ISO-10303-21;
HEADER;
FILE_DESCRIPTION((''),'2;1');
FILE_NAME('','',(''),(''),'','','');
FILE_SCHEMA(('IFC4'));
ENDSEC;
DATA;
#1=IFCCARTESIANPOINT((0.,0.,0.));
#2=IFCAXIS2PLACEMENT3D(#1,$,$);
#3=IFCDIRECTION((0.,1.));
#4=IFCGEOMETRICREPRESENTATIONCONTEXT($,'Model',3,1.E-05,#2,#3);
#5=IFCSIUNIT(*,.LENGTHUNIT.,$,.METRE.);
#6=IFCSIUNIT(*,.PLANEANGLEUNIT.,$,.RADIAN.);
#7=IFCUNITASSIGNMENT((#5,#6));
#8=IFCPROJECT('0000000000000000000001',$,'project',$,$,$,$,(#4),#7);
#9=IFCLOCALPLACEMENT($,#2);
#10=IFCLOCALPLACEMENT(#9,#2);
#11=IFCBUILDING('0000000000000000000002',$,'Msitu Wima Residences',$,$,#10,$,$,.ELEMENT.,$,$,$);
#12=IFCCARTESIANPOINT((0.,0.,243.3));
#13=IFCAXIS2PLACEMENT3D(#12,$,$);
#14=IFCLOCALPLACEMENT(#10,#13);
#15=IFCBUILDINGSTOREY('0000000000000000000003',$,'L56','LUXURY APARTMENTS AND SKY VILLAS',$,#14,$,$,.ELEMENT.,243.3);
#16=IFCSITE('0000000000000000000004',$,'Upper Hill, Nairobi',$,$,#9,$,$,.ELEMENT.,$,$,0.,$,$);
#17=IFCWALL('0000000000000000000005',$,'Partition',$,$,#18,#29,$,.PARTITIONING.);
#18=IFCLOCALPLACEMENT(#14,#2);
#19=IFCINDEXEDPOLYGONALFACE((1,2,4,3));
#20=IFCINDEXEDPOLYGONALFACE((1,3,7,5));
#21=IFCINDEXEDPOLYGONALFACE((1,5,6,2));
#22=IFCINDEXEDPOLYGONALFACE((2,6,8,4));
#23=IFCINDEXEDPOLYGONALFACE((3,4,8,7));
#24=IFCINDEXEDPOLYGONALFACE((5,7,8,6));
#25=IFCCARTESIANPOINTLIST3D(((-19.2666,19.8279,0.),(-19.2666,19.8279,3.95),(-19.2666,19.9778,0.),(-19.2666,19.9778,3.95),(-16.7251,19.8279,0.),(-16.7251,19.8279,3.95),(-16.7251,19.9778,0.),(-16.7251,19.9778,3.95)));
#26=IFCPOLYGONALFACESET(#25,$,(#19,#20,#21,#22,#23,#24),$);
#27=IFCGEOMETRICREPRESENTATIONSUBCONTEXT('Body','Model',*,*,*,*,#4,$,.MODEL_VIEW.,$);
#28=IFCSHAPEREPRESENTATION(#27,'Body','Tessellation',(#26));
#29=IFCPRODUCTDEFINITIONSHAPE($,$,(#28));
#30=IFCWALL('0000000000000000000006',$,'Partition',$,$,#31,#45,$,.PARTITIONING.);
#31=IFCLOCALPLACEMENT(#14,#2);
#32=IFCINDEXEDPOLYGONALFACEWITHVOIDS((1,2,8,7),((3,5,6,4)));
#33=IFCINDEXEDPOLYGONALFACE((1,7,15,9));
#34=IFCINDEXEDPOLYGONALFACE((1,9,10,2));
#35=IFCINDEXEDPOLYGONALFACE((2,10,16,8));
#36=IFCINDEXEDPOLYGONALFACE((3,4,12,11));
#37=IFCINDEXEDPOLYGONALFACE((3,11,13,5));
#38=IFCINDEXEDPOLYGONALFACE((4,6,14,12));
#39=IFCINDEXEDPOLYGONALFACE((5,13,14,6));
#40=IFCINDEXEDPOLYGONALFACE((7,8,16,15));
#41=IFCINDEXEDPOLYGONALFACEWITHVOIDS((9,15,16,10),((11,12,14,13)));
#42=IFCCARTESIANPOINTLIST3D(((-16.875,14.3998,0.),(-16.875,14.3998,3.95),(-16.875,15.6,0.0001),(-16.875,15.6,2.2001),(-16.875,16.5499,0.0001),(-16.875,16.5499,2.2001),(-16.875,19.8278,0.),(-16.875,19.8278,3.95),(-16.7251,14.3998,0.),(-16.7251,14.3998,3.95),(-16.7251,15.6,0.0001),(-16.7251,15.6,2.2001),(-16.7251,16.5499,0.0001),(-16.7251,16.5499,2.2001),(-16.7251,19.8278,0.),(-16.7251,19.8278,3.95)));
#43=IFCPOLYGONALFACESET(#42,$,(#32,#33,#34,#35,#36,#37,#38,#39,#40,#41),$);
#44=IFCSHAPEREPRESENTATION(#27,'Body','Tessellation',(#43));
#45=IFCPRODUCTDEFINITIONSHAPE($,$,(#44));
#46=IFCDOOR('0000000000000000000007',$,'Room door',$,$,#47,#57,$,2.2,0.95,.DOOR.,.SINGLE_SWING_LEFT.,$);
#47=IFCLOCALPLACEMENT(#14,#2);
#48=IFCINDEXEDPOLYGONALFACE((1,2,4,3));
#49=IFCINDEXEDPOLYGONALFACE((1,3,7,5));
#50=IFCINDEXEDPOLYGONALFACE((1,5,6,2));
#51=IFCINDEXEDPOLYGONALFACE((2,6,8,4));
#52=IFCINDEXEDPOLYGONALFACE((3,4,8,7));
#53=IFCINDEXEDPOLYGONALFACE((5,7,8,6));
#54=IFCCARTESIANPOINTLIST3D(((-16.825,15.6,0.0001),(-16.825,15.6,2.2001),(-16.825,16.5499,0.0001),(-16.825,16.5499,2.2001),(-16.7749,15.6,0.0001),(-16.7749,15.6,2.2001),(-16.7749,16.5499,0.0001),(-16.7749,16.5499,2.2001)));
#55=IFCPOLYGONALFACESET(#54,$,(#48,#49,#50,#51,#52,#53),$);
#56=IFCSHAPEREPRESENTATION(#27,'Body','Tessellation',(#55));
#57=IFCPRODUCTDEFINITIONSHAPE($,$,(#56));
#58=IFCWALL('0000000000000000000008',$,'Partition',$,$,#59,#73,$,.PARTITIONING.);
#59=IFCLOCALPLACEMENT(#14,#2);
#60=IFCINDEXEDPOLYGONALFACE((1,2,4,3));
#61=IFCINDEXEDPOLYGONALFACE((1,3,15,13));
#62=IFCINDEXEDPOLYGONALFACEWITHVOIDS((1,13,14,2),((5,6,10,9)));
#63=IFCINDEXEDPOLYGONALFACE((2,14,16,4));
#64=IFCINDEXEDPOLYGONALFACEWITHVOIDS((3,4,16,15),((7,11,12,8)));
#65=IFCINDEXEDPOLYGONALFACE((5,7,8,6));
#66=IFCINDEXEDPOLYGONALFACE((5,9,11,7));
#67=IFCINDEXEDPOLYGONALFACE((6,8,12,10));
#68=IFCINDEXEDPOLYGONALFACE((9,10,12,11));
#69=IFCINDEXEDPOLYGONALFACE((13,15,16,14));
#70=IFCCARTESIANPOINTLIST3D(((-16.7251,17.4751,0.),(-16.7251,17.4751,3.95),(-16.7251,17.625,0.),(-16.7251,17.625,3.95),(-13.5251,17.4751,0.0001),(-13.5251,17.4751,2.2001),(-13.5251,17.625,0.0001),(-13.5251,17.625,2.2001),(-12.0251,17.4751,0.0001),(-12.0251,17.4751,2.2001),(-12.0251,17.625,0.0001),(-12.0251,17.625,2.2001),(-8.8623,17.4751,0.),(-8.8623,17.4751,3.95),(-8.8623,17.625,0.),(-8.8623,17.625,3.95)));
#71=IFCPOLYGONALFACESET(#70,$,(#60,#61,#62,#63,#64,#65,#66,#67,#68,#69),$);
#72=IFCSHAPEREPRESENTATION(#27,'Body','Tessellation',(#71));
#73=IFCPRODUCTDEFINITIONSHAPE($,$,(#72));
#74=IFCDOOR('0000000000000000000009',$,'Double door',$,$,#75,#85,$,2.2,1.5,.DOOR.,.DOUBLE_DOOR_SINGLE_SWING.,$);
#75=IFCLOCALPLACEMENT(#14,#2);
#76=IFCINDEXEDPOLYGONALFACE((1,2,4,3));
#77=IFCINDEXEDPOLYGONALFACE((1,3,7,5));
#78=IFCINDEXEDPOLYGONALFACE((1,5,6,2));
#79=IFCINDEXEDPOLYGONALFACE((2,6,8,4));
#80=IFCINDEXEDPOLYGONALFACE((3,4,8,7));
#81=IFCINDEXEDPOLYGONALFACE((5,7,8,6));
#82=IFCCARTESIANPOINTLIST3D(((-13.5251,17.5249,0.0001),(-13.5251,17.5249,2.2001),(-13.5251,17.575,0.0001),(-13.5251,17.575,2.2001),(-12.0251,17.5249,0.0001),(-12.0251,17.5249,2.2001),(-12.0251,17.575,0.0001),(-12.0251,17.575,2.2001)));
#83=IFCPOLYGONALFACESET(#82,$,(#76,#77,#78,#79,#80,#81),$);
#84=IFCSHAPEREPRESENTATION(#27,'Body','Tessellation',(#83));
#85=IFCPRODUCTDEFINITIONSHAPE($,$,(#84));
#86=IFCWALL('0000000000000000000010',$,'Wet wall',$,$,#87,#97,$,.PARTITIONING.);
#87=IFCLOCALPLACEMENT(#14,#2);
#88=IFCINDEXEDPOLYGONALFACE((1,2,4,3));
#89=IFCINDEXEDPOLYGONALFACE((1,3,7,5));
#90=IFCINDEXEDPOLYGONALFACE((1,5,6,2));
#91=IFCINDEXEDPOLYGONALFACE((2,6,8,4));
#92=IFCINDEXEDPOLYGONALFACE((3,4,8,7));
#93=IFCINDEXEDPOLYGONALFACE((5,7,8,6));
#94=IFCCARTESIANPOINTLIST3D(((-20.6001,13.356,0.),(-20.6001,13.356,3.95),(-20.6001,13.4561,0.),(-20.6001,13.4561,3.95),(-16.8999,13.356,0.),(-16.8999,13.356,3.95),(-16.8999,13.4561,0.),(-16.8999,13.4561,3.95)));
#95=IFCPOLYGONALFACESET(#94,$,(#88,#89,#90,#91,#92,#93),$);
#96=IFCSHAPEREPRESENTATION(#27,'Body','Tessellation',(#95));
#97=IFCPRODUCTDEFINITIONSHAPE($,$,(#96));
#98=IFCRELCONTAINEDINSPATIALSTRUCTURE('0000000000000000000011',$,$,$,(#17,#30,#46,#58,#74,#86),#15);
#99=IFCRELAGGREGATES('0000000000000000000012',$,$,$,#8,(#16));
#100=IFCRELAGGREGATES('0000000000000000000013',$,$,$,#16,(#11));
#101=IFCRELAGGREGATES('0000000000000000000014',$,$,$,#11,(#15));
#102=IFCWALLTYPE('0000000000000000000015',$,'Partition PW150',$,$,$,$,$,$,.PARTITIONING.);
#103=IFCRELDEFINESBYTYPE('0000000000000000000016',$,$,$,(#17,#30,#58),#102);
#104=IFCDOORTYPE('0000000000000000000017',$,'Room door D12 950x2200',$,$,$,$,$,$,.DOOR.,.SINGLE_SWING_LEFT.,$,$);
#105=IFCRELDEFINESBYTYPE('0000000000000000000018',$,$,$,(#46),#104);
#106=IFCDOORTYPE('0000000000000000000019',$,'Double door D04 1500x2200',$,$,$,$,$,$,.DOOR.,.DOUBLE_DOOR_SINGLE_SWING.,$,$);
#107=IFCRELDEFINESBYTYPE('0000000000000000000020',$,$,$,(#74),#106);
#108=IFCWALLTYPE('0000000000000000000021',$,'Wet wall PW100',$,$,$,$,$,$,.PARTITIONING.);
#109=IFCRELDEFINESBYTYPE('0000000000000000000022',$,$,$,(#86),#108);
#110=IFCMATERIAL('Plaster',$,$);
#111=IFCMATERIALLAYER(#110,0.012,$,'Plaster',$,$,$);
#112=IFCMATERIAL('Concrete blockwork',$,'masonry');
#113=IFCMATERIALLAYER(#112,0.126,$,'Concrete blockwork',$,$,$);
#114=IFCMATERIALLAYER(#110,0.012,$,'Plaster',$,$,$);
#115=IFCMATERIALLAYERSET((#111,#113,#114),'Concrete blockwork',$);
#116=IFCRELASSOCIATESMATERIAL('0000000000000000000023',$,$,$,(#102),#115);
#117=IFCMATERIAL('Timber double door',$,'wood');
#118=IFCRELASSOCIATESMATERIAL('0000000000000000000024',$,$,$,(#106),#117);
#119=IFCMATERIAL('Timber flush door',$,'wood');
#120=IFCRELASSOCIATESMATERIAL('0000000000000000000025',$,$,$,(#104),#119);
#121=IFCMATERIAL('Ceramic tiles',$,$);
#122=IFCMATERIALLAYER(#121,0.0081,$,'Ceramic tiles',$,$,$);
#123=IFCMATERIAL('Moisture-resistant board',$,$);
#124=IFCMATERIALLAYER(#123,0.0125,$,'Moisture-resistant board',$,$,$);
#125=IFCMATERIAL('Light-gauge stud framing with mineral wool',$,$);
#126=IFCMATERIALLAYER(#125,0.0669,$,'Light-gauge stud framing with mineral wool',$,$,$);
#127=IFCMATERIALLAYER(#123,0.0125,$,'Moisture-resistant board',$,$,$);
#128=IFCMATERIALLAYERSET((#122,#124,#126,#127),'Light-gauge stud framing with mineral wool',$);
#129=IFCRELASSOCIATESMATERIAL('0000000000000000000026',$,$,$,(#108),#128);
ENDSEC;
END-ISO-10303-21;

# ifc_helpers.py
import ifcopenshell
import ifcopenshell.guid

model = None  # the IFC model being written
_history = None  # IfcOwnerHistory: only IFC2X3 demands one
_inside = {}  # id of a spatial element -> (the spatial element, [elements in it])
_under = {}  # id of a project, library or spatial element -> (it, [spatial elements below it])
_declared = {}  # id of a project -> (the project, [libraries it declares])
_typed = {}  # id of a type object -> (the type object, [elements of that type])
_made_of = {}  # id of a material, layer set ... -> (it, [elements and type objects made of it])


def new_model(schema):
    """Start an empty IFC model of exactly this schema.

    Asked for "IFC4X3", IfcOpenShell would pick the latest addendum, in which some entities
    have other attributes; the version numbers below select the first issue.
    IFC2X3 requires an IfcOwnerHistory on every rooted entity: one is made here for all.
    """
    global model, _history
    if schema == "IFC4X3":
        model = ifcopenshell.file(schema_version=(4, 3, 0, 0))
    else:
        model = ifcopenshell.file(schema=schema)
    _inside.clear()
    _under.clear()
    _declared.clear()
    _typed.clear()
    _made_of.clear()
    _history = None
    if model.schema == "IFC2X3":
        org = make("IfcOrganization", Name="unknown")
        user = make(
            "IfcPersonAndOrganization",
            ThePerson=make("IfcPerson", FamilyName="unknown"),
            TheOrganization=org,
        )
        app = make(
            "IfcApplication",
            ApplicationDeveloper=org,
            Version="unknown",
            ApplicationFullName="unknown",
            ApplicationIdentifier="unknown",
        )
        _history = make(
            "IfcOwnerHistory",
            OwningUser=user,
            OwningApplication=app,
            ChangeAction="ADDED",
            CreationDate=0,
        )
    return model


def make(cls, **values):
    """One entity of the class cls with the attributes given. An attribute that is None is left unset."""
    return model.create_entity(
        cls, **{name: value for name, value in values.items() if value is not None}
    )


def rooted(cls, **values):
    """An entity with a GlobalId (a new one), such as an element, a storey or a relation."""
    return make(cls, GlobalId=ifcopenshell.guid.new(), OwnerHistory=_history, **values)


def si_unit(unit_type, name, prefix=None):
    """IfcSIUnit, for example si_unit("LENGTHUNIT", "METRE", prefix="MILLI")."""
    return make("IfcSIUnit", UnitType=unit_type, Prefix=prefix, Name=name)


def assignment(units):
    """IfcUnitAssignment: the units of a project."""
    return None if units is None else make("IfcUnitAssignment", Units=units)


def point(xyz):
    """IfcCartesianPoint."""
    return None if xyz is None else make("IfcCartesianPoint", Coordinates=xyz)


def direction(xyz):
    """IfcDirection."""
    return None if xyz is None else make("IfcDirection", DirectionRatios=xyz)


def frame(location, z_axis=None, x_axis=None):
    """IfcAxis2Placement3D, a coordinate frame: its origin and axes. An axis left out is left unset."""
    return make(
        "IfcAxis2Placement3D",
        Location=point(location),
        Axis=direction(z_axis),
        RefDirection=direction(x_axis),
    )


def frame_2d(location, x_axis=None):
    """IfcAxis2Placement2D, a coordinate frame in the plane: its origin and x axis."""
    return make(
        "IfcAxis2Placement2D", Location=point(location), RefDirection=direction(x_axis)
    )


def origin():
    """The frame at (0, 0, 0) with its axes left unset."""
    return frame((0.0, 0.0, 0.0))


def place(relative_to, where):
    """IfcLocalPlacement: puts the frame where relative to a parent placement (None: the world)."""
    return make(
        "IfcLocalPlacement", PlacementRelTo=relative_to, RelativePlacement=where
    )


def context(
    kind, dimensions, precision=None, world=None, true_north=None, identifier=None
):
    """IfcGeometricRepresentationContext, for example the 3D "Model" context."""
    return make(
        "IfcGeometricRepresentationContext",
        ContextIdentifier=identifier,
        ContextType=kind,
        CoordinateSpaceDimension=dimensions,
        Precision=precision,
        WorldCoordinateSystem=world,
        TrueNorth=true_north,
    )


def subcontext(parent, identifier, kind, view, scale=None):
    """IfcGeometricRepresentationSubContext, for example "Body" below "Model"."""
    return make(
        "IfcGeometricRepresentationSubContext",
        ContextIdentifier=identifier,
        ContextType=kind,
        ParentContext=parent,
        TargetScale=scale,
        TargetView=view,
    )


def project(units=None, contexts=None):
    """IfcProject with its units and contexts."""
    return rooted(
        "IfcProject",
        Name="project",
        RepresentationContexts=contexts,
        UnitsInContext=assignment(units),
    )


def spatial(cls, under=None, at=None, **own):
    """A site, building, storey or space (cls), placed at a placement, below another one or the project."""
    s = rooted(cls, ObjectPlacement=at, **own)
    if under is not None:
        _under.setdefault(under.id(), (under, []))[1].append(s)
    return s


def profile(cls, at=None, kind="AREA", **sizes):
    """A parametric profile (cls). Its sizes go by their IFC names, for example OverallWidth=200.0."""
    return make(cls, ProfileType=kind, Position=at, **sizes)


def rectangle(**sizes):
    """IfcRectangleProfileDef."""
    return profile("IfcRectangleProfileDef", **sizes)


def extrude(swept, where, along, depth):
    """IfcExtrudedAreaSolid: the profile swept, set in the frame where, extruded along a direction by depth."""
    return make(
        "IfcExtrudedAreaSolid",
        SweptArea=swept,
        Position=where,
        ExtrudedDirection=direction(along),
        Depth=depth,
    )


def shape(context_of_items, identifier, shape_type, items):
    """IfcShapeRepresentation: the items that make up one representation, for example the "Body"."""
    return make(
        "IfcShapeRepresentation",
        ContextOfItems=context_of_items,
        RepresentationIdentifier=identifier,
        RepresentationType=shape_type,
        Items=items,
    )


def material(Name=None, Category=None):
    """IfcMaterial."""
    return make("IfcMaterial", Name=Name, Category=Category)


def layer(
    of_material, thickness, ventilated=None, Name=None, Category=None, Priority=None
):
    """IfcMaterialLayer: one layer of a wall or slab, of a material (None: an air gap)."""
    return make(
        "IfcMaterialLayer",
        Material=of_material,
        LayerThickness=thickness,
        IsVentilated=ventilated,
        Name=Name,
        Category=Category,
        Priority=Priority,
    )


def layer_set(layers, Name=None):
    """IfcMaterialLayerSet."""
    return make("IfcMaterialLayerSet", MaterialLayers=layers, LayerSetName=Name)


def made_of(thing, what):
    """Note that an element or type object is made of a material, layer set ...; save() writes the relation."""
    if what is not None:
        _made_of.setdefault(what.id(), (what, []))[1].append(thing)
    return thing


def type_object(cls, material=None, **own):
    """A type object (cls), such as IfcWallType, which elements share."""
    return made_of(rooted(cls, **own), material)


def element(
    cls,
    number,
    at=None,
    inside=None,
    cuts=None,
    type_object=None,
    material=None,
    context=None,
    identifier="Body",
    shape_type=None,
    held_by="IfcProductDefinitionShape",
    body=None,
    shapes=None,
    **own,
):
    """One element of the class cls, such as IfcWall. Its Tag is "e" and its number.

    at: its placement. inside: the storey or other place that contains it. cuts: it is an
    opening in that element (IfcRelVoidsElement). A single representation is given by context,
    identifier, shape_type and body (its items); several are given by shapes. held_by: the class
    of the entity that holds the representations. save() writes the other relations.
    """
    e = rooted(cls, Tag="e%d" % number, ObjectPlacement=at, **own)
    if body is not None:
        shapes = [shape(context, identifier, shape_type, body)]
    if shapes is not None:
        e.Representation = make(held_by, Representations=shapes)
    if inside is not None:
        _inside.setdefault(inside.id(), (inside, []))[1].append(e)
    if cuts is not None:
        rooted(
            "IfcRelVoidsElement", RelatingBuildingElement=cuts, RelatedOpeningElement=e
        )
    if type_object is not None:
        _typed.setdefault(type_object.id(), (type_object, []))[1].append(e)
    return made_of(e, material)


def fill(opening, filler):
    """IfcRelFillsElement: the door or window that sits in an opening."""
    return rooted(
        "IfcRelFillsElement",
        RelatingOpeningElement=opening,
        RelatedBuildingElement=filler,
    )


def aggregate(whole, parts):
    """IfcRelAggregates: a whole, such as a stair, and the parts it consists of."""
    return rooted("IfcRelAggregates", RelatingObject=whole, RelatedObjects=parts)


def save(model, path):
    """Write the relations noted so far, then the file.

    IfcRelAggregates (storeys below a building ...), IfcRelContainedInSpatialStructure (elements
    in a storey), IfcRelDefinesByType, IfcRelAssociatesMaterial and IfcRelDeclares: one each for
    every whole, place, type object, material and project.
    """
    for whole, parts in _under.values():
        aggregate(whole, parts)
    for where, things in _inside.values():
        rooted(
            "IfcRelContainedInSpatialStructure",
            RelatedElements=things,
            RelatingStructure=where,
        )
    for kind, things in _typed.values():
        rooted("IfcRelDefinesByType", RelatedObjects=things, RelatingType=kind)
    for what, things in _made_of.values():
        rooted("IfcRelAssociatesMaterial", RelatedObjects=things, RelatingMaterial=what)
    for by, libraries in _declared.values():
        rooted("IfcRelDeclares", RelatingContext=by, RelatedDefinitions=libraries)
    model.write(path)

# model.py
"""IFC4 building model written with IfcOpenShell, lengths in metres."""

from ifc_helpers import new_model, si_unit, direction, frame, frame_2d, origin, place, context, subcontext, project, spatial, rectangle, extrude, material, layer, layer_set, type_object, element, fill, save


model = new_model("IFC4")

# Units and contexts
model_context = context("Model", 3, precision=1e-05, world=origin(), true_north=direction((0.0, 1.0)))
body_context = subcontext(model_context, "Body", "Model", "MODEL_VIEW")
ifc_project = project(units=[si_unit("LENGTHUNIT", "METRE"), si_unit("PLANEANGLEUNIT", "RADIAN")], contexts=[model_context])

# Site, building, storey
site_placement = place(None, origin())
site = spatial("IfcSite", under=ifc_project, at=site_placement, Name="Upper Hill, Nairobi", CompositionType="ELEMENT", RefElevation=0.0)
building_placement = place(site_placement, origin())
building = spatial("IfcBuilding", under=site, at=building_placement, Name="Msitu Wima Residences", CompositionType="ELEMENT")
storey_placement = place(building_placement, frame((0.0, 0.0, 243.3)))
storey = spatial("IfcBuildingStorey", under=building, at=storey_placement, Name="L56", Description="LUXURY APARTMENTS AND SKY VILLAS", CompositionType="ELEMENT", Elevation=243.3)

# Shared definitions
ifc_material_1 = material(Name="Plaster")
ifc_material_2 = material(Name="Concrete blockwork", Category="masonry")
ifc_layer_1 = layer(ifc_material_1, 0.012, Name="Plaster")
ifc_layer_2 = layer(ifc_material_2, 0.126, Name="Concrete blockwork")
ifc_layer_3 = layer(ifc_material_1, 0.012, Name="Plaster")
ifc_layer_set_1 = layer_set([ifc_layer_1, ifc_layer_2, ifc_layer_3], Name="Concrete blockwork")
wall_type_1 = type_object("IfcWallType", Name="Partition PW150", PredefinedType="PARTITIONING", material=ifc_layer_set_1)

# Shared definitions
ifc_material_3 = material(Name="Timber double door", Category="wood")
door_type_1 = type_object("IfcDoorType", Name="Double door D04 1500x2200", OperationType="DOUBLE_DOOR_SINGLE_SWING", PredefinedType="DOOR", material=ifc_material_3)

# Wall
wall_1_placement = place(storey_placement, frame((-19.2666, 19.9028, 0.0), z_axis=(0.0, 0.0, 1.0), x_axis=(1.0, 0.0, 0.0)))
element("IfcWall", 1, at=wall_1_placement, inside=storey, type_object=wall_type_1, Name="Partition", PredefinedType="PARTITIONING", context=body_context, shape_type="SweptSolid", body=[
    extrude(rectangle(XDim=2.5415, YDim=0.1499, at=frame_2d((1.2708, 0.0))), origin(), (0.0, 0.0, 1.0), 3.95),
])

# Walls, openings, doors
wall_2_placement = place(storey_placement, frame((-16.8, 14.3999, 0.0), z_axis=(0.0, 0.0, 1.0), x_axis=(0.0, 1.0, 0.0)))
wall_2 = element("IfcWall", 2, at=wall_2_placement, inside=storey, type_object=wall_type_1, Name="Partition", PredefinedType="PARTITIONING", context=body_context, shape_type="SweptSolid", body=[
    extrude(rectangle(XDim=5.428, YDim=0.1499, at=frame_2d((2.7139, 0.0))), origin(), (0.0, 0.0, 1.0), 3.95),
])
opening_1_placement = place(wall_2_placement, frame((1.2, 0.0, 0.0)))
opening_1 = element("IfcOpeningElement", 3, at=opening_1_placement, cuts=wall_2, PredefinedType="OPENING", context=body_context, shape_type="SweptSolid", body=[
    extrude(rectangle(XDim=0.95, YDim=2.2, at=frame_2d((0.4751, 1.1001))), frame((0.0, 0.085, 0.0), z_axis=(0.0, -1.0, 0.0), x_axis=(1.0, 0.0, 0.0)), (0.0, 0.0, 1.0), 0.1699),
])
ifc_material_4 = material(Name="Timber flush door", Category="wood")
door_type_2 = type_object("IfcDoorType", Name="Room door D12 950x2200", OperationType="SINGLE_SWING_LEFT", PredefinedType="DOOR", material=ifc_material_4)
door_1_placement = place(opening_1_placement, origin())
door_1 = element("IfcDoor", 4, at=door_1_placement, inside=storey, type_object=door_type_2, Name="Room door", OperationType="SINGLE_SWING_LEFT", OverallHeight=2.2, OverallWidth=0.95, PredefinedType="DOOR", context=body_context, shape_type="SweptSolid", body=[
    extrude(rectangle(XDim=0.95, YDim=2.2, at=frame_2d((0.4751, 1.1001))), frame((0.0, 0.0249, 0.0), z_axis=(0.0, -1.0, 0.0), x_axis=(1.0, 0.0, 0.0)), (0.0, 0.0, 1.0), 0.05),
])
fill(opening_1, door_1)
wall_3_placement = place(storey_placement, frame((-16.7251, 17.55, 0.0), z_axis=(0.0, 0.0, 1.0), x_axis=(1.0, 0.0, 0.0)))
wall_3 = element("IfcWall", 5, at=wall_3_placement, inside=storey, type_object=wall_type_1, Name="Partition", PredefinedType="PARTITIONING", context=body_context, shape_type="SweptSolid", body=[
    extrude(rectangle(XDim=7.8628, YDim=0.1499, at=frame_2d((3.9314, 0.0))), origin(), (0.0, 0.0, 1.0), 3.95),
])
opening_2_placement = place(wall_3_placement, frame((3.2, 0.0, 0.0)))
opening_2 = element("IfcOpeningElement", 6, at=opening_2_placement, cuts=wall_3, PredefinedType="OPENING", context=body_context, shape_type="SweptSolid", body=[
    extrude(rectangle(XDim=1.5, YDim=2.2, at=frame_2d((0.75, 1.1001))), frame((0.0, 0.085, 0.0), z_axis=(0.0, -1.0, 0.0), x_axis=(1.0, 0.0, 0.0)), (0.0, 0.0, 1.0), 0.1699),
])
door_2_placement = place(opening_2_placement, origin())
door_2 = element("IfcDoor", 7, at=door_2_placement, inside=storey, type_object=door_type_1, Name="Double door", OperationType="DOUBLE_DOOR_SINGLE_SWING", OverallHeight=2.2, OverallWidth=1.5, PredefinedType="DOOR", context=body_context, shape_type="SweptSolid", body=[
    extrude(rectangle(XDim=1.5, YDim=2.2, at=frame_2d((0.75, 1.1001))), frame((0.0, 0.0249, 0.0), z_axis=(0.0, -1.0, 0.0), x_axis=(1.0, 0.0, 0.0)), (0.0, 0.0, 1.0), 0.05),
])
fill(opening_2, door_2)

# Wall
ifc_material_5 = material(Name="Ceramic tiles")
ifc_layer_4 = layer(ifc_material_5, 0.0081, Name="Ceramic tiles")
ifc_material_6 = material(Name="Moisture-resistant board")
ifc_layer_5 = layer(ifc_material_6, 0.0125, Name="Moisture-resistant board")
ifc_material_7 = material(Name="Light-gauge stud framing with mineral wool")
ifc_layer_6 = layer(ifc_material_7, 0.0669, Name="Light-gauge stud framing with mineral wool")
ifc_layer_7 = layer(ifc_material_6, 0.0125, Name="Moisture-resistant board")
ifc_layer_set_2 = layer_set([ifc_layer_4, ifc_layer_5, ifc_layer_6, ifc_layer_7], Name="Light-gauge stud framing with mineral wool")
wall_type_2 = type_object("IfcWallType", Name="Wet wall PW100", PredefinedType="PARTITIONING", material=ifc_layer_set_2)
wall_4_placement = place(storey_placement, frame((-20.6001, 13.406, 0.0), z_axis=(0.0, 0.0, 1.0), x_axis=(1.0, 0.0, 0.0)))
element("IfcWall", 8, at=wall_4_placement, inside=storey, type_object=wall_type_2, Name="Wet wall", PredefinedType="PARTITIONING", context=body_context, shape_type="SweptSolid", body=[
    extrude(rectangle(XDim=3.7002, YDim=0.1001, at=frame_2d((1.8501, 0.0))), origin(), (0.0, 0.0, 1.0), 3.95),
])

save(model, "model.ifc")
